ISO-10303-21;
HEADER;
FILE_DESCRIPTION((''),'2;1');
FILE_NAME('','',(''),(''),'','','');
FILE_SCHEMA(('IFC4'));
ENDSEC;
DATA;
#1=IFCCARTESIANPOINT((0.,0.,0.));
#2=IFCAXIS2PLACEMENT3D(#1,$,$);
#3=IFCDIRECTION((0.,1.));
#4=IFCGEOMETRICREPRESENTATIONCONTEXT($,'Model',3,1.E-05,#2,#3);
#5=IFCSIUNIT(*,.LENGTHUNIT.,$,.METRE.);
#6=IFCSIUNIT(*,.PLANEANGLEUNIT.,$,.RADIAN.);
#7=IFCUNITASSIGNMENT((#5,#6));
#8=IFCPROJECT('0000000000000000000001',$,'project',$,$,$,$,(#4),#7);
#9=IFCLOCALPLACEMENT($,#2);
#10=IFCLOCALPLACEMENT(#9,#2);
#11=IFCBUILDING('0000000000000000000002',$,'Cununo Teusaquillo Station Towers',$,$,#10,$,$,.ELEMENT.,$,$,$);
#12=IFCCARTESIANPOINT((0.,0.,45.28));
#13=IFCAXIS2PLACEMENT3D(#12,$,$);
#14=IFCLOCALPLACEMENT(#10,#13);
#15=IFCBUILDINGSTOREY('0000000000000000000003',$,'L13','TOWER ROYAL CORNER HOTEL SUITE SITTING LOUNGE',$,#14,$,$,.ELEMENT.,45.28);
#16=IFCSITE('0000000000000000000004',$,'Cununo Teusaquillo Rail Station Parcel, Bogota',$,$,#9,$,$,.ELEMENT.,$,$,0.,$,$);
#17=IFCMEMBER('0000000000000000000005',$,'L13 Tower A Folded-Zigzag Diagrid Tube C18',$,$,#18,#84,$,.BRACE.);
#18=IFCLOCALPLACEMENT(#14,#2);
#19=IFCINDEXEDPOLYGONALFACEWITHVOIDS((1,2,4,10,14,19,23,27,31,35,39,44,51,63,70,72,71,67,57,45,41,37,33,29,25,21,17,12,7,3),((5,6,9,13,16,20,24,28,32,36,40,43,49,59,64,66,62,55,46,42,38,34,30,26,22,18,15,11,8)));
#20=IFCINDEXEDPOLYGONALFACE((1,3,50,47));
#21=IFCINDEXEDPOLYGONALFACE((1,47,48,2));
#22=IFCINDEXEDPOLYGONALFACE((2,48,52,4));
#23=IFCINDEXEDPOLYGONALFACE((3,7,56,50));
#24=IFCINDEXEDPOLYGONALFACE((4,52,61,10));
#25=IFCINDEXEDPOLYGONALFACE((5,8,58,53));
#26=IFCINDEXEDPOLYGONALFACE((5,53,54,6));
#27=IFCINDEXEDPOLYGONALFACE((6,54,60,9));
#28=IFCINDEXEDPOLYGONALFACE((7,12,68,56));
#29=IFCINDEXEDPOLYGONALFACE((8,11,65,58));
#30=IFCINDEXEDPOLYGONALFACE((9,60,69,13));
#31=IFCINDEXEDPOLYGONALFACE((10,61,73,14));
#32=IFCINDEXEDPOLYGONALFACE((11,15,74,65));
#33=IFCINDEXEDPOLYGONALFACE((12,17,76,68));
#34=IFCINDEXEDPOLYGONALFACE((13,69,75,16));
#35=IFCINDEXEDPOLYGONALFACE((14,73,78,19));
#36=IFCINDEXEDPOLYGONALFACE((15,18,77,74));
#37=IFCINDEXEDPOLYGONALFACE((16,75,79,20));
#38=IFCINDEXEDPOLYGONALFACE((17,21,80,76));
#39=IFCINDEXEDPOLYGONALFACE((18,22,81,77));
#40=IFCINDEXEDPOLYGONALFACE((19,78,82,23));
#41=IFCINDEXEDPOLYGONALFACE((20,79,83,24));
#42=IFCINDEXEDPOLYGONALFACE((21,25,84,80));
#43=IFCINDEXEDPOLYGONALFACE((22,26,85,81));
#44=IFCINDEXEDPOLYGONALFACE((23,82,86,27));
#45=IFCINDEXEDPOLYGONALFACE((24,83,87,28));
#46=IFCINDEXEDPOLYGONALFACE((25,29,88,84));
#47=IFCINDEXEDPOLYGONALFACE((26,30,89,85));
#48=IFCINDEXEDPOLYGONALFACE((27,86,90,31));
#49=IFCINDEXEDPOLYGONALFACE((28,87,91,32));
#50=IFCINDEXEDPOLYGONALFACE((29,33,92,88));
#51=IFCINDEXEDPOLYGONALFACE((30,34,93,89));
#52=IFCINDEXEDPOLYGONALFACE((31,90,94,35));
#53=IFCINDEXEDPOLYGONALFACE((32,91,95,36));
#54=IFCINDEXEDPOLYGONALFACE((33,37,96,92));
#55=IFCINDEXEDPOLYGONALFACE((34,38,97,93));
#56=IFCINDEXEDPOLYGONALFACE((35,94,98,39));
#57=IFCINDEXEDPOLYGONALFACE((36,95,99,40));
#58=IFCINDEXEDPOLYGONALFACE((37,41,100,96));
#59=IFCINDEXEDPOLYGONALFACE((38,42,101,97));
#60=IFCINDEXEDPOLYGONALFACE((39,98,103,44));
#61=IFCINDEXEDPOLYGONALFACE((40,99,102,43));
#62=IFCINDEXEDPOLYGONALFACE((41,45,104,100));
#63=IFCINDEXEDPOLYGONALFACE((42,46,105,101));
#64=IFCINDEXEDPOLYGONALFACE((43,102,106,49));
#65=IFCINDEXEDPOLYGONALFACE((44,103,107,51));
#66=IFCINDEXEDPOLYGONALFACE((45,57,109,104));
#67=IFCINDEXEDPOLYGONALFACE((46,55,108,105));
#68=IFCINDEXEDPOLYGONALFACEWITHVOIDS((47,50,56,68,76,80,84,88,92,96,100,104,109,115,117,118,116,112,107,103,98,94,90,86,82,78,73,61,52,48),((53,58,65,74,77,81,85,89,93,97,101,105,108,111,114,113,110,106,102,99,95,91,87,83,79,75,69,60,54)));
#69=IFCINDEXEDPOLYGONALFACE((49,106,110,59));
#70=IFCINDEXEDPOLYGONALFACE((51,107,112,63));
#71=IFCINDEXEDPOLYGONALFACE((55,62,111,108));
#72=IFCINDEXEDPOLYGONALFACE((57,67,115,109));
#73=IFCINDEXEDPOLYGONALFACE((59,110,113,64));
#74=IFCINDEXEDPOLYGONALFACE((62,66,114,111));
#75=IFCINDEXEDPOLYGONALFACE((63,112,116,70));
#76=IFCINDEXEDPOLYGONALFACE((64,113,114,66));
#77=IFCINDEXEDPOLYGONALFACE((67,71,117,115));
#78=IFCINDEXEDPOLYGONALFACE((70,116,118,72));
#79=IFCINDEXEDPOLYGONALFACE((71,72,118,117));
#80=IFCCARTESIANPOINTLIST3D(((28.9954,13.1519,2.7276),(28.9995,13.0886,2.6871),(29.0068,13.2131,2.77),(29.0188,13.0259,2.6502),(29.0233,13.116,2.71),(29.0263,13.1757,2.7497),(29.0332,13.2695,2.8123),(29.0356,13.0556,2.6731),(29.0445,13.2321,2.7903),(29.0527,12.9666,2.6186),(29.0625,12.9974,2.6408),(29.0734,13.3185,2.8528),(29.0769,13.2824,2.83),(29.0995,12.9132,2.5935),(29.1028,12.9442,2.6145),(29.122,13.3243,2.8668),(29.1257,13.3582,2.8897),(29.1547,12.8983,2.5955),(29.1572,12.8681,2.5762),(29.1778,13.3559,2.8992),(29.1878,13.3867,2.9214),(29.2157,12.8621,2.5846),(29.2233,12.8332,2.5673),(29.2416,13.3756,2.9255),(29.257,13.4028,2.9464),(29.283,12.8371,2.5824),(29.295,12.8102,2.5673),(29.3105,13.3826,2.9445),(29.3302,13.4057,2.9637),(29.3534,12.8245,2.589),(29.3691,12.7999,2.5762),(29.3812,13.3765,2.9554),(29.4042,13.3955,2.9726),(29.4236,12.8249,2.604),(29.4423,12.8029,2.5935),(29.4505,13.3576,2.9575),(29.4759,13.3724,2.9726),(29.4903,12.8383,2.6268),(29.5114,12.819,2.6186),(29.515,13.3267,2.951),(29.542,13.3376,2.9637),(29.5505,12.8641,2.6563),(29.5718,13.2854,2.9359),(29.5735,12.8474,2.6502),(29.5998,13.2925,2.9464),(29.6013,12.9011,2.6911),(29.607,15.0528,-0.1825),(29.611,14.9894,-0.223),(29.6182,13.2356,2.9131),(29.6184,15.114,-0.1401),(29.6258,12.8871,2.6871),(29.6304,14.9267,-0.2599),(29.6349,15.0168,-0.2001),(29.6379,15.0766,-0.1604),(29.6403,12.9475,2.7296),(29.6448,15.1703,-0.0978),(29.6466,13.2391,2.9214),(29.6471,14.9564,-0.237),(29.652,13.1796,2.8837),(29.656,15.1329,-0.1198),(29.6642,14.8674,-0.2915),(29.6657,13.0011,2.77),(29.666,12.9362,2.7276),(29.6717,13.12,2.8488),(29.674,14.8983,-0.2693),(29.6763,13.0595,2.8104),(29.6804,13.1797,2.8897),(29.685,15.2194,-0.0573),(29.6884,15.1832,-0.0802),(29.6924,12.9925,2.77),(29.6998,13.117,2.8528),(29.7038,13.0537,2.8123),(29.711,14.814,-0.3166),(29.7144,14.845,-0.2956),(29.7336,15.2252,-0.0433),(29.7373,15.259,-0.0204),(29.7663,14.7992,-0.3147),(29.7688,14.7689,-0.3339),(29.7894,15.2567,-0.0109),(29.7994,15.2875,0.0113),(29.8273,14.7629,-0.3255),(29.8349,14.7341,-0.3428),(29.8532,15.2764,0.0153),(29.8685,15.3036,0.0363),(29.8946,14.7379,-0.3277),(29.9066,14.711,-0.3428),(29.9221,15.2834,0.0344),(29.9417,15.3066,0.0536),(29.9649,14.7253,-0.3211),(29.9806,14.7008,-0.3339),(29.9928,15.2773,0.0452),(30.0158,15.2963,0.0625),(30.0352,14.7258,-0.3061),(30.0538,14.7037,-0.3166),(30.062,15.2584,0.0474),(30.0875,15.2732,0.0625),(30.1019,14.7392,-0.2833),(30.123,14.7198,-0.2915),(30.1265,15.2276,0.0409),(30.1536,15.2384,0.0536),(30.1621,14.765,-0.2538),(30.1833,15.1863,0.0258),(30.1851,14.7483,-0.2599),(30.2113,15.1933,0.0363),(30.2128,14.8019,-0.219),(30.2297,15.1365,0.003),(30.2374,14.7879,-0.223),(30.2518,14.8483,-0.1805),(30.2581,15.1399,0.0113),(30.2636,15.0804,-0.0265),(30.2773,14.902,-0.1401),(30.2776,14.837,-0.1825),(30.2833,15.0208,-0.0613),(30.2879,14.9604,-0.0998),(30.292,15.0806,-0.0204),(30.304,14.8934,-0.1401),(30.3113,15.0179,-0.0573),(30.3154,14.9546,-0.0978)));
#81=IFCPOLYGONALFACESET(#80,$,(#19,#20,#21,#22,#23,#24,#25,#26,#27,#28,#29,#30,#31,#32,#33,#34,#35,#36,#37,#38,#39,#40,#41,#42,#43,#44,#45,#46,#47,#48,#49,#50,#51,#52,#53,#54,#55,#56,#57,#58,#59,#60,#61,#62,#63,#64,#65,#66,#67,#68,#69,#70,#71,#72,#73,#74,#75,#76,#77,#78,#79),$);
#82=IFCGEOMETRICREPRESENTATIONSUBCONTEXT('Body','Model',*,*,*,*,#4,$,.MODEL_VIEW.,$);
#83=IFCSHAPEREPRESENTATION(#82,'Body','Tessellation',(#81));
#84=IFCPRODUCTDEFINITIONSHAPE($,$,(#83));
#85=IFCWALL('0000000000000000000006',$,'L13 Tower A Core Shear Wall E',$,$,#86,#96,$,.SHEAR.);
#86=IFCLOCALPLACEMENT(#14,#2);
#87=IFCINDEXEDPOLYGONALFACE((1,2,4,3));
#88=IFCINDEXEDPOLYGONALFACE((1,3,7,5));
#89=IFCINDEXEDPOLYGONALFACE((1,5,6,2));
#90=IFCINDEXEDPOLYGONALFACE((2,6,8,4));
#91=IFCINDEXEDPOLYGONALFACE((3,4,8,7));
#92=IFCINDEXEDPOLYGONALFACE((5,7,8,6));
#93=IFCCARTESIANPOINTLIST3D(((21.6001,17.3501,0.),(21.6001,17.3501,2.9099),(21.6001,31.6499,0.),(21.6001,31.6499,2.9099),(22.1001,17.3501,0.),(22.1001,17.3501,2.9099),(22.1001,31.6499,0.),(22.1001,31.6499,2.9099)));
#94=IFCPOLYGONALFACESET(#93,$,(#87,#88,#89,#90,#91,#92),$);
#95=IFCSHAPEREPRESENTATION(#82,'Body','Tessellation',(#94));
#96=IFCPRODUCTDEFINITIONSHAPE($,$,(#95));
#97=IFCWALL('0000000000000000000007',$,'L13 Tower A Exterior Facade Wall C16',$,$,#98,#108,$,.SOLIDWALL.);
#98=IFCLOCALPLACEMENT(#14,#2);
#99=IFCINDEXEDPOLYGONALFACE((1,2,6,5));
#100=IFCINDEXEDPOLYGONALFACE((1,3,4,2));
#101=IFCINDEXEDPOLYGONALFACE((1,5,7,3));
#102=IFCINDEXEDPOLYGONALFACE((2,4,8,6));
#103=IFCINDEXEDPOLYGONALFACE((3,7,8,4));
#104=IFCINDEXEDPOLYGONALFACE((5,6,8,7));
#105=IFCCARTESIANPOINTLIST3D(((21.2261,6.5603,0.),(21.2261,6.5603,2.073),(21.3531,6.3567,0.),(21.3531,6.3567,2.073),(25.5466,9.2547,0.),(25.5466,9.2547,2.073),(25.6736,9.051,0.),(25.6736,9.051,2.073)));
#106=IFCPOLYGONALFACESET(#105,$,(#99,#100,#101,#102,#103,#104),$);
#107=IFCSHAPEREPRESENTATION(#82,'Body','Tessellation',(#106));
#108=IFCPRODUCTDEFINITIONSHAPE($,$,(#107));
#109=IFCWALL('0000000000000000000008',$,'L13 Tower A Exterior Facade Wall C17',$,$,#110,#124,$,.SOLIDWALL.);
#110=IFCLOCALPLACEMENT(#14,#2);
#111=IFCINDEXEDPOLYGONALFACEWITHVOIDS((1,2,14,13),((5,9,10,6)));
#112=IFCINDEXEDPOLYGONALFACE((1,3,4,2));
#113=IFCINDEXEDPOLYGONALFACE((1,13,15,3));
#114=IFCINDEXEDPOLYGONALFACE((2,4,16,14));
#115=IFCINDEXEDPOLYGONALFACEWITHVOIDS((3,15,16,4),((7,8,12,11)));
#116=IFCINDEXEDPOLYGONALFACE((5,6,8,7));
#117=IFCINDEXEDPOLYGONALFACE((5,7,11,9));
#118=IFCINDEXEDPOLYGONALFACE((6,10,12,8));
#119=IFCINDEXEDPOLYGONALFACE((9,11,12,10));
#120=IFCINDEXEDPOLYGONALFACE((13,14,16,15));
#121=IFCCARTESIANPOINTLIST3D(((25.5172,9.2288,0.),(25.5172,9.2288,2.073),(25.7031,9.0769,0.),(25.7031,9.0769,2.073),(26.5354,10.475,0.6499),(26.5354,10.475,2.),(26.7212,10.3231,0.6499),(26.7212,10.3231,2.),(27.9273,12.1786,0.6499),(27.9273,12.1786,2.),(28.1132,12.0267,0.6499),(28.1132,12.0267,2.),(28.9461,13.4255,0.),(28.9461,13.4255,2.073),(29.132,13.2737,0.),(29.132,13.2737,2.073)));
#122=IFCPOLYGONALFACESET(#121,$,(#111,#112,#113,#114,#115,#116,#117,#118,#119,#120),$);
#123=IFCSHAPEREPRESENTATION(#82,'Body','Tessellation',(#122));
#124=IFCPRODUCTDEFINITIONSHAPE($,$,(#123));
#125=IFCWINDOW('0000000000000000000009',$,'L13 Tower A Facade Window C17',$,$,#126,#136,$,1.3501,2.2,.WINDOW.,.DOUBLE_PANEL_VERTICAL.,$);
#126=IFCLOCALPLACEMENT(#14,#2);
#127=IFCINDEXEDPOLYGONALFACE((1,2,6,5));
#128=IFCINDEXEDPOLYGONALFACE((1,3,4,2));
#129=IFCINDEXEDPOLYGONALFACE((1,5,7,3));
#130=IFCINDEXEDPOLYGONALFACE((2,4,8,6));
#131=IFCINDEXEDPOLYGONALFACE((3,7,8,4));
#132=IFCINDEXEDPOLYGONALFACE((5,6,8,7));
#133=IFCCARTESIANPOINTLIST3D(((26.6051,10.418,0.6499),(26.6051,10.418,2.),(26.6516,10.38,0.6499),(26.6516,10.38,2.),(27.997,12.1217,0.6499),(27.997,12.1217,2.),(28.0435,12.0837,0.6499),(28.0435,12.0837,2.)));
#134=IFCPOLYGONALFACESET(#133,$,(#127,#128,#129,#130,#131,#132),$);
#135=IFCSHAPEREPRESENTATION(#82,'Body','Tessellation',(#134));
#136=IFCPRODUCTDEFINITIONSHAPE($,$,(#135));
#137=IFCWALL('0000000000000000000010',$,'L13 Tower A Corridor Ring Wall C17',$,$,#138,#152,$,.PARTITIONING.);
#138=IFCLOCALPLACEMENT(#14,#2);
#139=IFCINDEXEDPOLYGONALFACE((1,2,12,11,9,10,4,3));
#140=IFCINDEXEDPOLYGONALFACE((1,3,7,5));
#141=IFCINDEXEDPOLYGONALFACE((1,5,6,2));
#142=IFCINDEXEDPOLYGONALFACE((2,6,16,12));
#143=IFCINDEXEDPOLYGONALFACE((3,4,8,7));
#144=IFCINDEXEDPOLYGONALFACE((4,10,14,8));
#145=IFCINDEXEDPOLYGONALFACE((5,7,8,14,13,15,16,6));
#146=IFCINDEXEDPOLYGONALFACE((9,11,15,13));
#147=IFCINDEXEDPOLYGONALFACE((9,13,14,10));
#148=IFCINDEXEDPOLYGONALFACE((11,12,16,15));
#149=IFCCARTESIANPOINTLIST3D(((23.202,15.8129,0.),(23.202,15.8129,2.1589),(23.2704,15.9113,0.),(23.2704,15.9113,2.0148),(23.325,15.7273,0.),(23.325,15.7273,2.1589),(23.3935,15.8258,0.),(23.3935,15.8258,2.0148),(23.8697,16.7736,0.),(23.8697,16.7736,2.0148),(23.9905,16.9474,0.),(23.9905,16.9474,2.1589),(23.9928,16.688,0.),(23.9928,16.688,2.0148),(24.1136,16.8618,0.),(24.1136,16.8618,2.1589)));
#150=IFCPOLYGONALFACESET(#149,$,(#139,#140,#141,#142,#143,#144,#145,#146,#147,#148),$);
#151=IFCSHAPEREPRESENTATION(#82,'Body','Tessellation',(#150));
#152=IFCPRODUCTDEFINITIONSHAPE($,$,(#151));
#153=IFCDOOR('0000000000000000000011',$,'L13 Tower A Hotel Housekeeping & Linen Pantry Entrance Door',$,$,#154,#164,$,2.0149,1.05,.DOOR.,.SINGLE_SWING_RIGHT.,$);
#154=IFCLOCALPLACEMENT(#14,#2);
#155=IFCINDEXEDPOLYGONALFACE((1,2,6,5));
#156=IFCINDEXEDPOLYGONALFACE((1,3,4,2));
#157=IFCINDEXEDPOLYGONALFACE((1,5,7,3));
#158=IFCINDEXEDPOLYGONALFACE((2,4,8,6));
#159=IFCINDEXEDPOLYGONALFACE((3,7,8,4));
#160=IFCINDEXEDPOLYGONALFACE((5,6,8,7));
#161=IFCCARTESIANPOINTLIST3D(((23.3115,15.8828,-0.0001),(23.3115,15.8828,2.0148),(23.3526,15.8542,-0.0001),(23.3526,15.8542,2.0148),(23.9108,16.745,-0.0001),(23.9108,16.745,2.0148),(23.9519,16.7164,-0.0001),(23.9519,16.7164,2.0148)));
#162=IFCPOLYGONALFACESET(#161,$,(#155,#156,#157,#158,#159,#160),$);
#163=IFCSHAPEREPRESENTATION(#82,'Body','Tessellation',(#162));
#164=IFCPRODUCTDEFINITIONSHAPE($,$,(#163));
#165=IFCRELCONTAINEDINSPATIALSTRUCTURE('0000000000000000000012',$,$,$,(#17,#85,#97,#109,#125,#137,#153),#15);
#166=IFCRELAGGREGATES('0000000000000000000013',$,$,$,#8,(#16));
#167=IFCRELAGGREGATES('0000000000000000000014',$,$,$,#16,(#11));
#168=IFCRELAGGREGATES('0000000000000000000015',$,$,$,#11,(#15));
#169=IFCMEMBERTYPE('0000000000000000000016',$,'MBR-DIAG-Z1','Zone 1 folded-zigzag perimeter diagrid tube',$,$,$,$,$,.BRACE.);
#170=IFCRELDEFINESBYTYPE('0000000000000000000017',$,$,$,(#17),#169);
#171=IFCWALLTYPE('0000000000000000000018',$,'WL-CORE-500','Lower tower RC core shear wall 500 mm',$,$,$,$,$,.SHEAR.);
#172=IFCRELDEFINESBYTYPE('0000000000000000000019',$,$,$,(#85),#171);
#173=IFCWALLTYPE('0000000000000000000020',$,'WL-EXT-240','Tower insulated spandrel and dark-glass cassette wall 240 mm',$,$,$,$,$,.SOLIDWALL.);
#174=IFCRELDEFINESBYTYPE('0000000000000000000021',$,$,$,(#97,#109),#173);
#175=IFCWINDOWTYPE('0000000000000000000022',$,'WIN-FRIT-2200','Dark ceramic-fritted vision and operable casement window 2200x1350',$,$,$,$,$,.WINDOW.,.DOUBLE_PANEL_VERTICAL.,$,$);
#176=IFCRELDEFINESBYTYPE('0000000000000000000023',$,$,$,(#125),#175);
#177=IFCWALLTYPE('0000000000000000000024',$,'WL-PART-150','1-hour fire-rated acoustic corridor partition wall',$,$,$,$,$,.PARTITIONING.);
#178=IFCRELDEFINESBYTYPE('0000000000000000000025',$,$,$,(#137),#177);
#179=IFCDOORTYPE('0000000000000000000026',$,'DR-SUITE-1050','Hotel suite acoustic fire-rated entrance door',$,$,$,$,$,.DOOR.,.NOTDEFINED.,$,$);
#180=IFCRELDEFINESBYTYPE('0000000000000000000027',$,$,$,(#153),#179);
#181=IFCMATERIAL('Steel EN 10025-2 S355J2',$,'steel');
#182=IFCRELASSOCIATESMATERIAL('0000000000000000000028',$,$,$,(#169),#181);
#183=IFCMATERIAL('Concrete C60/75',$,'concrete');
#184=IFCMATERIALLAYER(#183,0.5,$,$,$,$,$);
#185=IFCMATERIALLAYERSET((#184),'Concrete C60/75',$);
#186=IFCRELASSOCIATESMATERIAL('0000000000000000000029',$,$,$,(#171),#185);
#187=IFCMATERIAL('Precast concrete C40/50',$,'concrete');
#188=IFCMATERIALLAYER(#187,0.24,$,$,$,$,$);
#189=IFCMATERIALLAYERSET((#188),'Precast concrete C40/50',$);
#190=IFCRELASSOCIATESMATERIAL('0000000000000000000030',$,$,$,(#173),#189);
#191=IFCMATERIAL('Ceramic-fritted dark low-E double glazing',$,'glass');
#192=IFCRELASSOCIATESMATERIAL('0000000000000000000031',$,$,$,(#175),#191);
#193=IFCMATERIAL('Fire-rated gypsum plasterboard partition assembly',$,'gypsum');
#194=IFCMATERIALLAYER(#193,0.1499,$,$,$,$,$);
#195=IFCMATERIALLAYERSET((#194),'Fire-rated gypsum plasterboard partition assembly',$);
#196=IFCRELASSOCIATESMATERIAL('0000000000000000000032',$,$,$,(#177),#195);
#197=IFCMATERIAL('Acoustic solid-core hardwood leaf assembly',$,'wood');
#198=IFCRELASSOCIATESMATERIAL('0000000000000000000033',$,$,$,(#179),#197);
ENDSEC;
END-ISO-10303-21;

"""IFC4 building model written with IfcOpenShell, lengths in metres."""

from ifc_helpers import new_model, si_unit, direction, frame, frame_2d, origin, origin_2d, place, context, subcontext, project, spatial, rectangle, hollow_circle, extrude, source, transform, mapped, material, layer, layer_set, material_profile, profile_set, type_object, element, fill, save


model = new_model("IFC4")

# Units and contexts
model_context = context("Model", 3, precision=1e-05, world=origin(), true_north=direction((0.0, 1.0)))
body_context = subcontext(model_context, "Body", "Model", "MODEL_VIEW")
ifc_project = project(units=[si_unit("LENGTHUNIT", "METRE"), si_unit("PLANEANGLEUNIT", "RADIAN")], contexts=[model_context])

# Site, building, storey
site_placement = place(None, origin())
site = spatial("IfcSite", under=ifc_project, at=site_placement, Name="Cununo Teusaquillo Rail Station Parcel, Bogota", CompositionType="ELEMENT", RefElevation=0.0)
building_placement = place(site_placement, origin())
building = spatial("IfcBuilding", under=site, at=building_placement, Name="Cununo Teusaquillo Station Towers", CompositionType="ELEMENT")
storey_placement = place(building_placement, frame((0.0, 0.0, 45.28)))
storey = spatial("IfcBuildingStorey", under=building, at=storey_placement, Name="L13", Description="TOWER ROYAL CORNER HOTEL SUITE SITTING LOUNGE", CompositionType="ELEMENT", Elevation=45.28)

# Member
ifc_material_1 = material(Name="Steel EN 10025-2 S355J2", Category="steel")
ifc_material_profile_1 = material_profile(ifc_material_1, hollow_circle(Radius=0.3601, WallThickness=0.0281, at=origin_2d()), Name="CHS 720x28")
ifc_profile_set_1 = profile_set([ifc_material_profile_1], Name="Steel EN 10025-2 S355J2")
member_type = type_object("IfcMemberType", Name="MBR-DIAG-Z1", Description="Zone 1 folded-zigzag perimeter diagrid tube", PredefinedType="BRACE", material=ifc_profile_set_1)
member_1_placement = place(storey_placement, frame((29.9612, 15.0037, -0.1401), z_axis=(-0.173281, -0.538591, 0.824557), x_axis=(0.951945, -0.30627, 0.0)))
element("IfcMember", 1, at=member_1_placement, inside=storey, type_object=member_type, Name="L13 Tower A Folded-Zigzag Diagrid Tube C18", PredefinedType="BRACE", context=body_context, shape_type="SweptSolid", body=[
    extrude(hollow_circle(Radius=0.3601, WallThickness=0.0281, at=origin_2d()), origin(), (0.0, 0.0, 1.0), 3.5293),
])

# Walls
ifc_material_2 = material(Name="Concrete C60/75", Category="concrete")
ifc_layer_1 = layer(ifc_material_2, 0.5)
ifc_layer_set_1 = layer_set([ifc_layer_1], Name="Concrete C60/75")
wall_type_1 = type_object("IfcWallType", Name="WL-CORE-500", Description="Lower tower RC core shear wall 500 mm", PredefinedType="SHEAR", material=ifc_layer_set_1)
wall_1_placement = place(storey_placement, frame((21.8501, 17.3501, 0.0), z_axis=(0.0, 0.0, 1.0), x_axis=(0.0, 1.0, 0.0)))
element("IfcWall", 2, at=wall_1_placement, inside=storey, type_object=wall_type_1, Name="L13 Tower A Core Shear Wall E", PredefinedType="SHEAR", context=body_context, shape_type="SweptSolid", body=[
    extrude(rectangle(XDim=14.2998, YDim=0.5, at=frame_2d((7.1499, 0.0))), origin(), (0.0, 0.0, 1.0), 2.9099),
])
ifc_material_3 = material(Name="Precast concrete C40/50", Category="concrete")
ifc_layer_2 = layer(ifc_material_3, 0.24)
ifc_layer_set_2 = layer_set([ifc_layer_2], Name="Precast concrete C40/50")
wall_type_2 = type_object("IfcWallType", Name="WL-EXT-240", Description="Tower insulated spandrel and dark-glass cassette wall 240 mm", PredefinedType="SOLIDWALL", material=ifc_layer_set_2)
wall_2_placement = place(storey_placement, frame((25.6101, 9.1528, 0.0), z_axis=(0.0, 0.0, 1.0), x_axis=(-0.848529, -0.52915, 0.0)))
element("IfcWall", 3, at=wall_2_placement, inside=storey, type_object=wall_type_2, Name="L13 Tower A Exterior Facade Wall C16", PredefinedType="SOLIDWALL", context=body_context, shape_type="SweptSolid", body=[
    extrude(rectangle(XDim=5.0918, YDim=0.24, at=frame_2d((2.5459, 0.0))), origin(), (0.0, 0.0, 1.0), 2.073),
])

# Wall, opening, window
wall_3_placement = place(storey_placement, frame((29.0391, 13.3496, 0.0), z_axis=(0.0, 0.0, 1.0), x_axis=(-0.63271, -0.774389, 0.0)))
wall_3 = element("IfcWall", 4, at=wall_3_placement, inside=storey, type_object=wall_type_2, Name="L13 Tower A Exterior Facade Wall C17", PredefinedType="SOLIDWALL", context=body_context, shape_type="SweptSolid", body=[
    extrude(rectangle(XDim=5.4194, YDim=0.24, at=frame_2d((2.7097, 0.0))), origin(), (0.0, 0.0, 1.0), 2.073),
])
shared_shape_1 = source(origin(), body_context, "Body", "SweptSolid", [
    extrude(rectangle(XDim=2.2, YDim=1.3501, at=frame_2d((1.1001, 0.675))), frame((0.0, 0.1299, 0.0), z_axis=(0.0, -1.0, 0.0), x_axis=(1.0, 0.0, 0.0)), (0.0, 0.0, 1.0), 0.26),
])
opening_1_placement = place(wall_3_placement, frame((1.6101, 0.0, 0.6499)))
opening_1 = element("IfcOpeningElement", 5, at=opening_1_placement, cuts=wall_3, PredefinedType="OPENING", context=body_context, shape_type="MappedRepresentation", body=[
    mapped(shared_shape_1, transform((0.0, 0.0, 0.0), x_axis=(1.0, 0.0, 0.0), y_axis=(0.0, 1.0, 0.0), z_axis=(0.0, 0.0, 1.0), scale=1.0)),
])
ifc_material_4 = material(Name="Ceramic-fritted dark low-E double glazing", Category="glass")
window_type = type_object("IfcWindowType", Name="WIN-FRIT-2200", Description="Dark ceramic-fritted vision and operable casement window 2200x1350", PartitioningType="DOUBLE_PANEL_VERTICAL", PredefinedType="WINDOW", material=ifc_material_4)
shared_shape_2 = source(origin(), body_context, "Body", "SweptSolid", [
    extrude(rectangle(XDim=2.2, YDim=1.3501, at=frame_2d((1.1001, 0.675))), frame((0.0, 0.03, 0.0), z_axis=(0.0, -1.0, 0.0), x_axis=(1.0, 0.0, 0.0)), (0.0, 0.0, 1.0), 0.0601),
])
window_placement = place(opening_1_placement, origin())
window = element("IfcWindow", 6, at=window_placement, inside=storey, type_object=window_type, Name="L13 Tower A Facade Window C17", OverallHeight=1.3501, OverallWidth=2.2, PartitioningType="DOUBLE_PANEL_VERTICAL", PredefinedType="WINDOW", context=body_context, shape_type="MappedRepresentation", body=[
    mapped(shared_shape_2, transform((0.0, 0.0, 0.0), x_axis=(1.0, 0.0, 0.0), y_axis=(0.0, 1.0, 0.0), z_axis=(0.0, 0.0, 1.0), scale=1.0)),
])
fill(opening_1, window)

# Wall, opening, door
ifc_material_5 = material(Name="Fire-rated gypsum plasterboard partition assembly", Category="gypsum")
ifc_layer_3 = layer(ifc_material_5, 0.1499)
ifc_layer_set_3 = layer_set([ifc_layer_3], Name="Fire-rated gypsum plasterboard partition assembly")
wall_type_3 = type_object("IfcWallType", Name="WL-PART-150", Description="1-hour fire-rated acoustic corridor partition wall", PredefinedType="PARTITIONING", material=ifc_layer_set_3)
wall_4_placement = place(storey_placement, frame((23.2634, 15.77, 0.0), z_axis=(0.0, 0.0, 1.0), x_axis=(0.570743, 0.821128, 0.0)))
wall_4 = element("IfcWall", 7, at=wall_4_placement, inside=storey, type_object=wall_type_3, Name="L13 Tower A Corridor Ring Wall C17", PredefinedType="PARTITIONING", context=body_context, shape_type="SweptSolid", body=[
    extrude(rectangle(XDim=1.3816, YDim=0.1499, at=frame_2d((0.6909, 0.0))), origin(), (0.0, 0.0, 1.0), 2.1589),
])
shared_shape_3 = source(origin(), body_context, "Body", "SweptSolid", [
    extrude(rectangle(XDim=1.05, YDim=2.0149, at=frame_2d((0.5249, 1.0073))), frame((0.0, 0.085, 0.0), z_axis=(0.0, -1.0, 0.0), x_axis=(1.0, 0.0, 0.0)), (0.0, 0.0, 1.0), 0.1699),
])
opening_2_placement = place(wall_4_placement, frame((0.1201, 0.0, 0.0)))
opening_2 = element("IfcOpeningElement", 8, at=opening_2_placement, cuts=wall_4, PredefinedType="OPENING", context=body_context, shape_type="MappedRepresentation", body=[
    mapped(shared_shape_3, transform((0.0, 0.0, 0.0), x_axis=(1.0, 0.0, 0.0), y_axis=(0.0, 1.0, 0.0), z_axis=(0.0, 0.0, 1.0), scale=1.0)),
])
ifc_material_6 = material(Name="Acoustic solid-core hardwood leaf assembly", Category="wood")
door_type = type_object("IfcDoorType", Name="DR-SUITE-1050", Description="Hotel suite acoustic fire-rated entrance door", OperationType="NOTDEFINED", PredefinedType="DOOR", material=ifc_material_6)
shared_shape_4 = source(origin(), body_context, "Body", "SweptSolid", [
    extrude(rectangle(XDim=1.05, YDim=2.0149, at=frame_2d((0.5249, 1.0073))), frame((0.0, 0.0249, 0.0), z_axis=(0.0, -1.0, 0.0), x_axis=(1.0, 0.0, 0.0)), (0.0, 0.0, 1.0), 0.05),
])
door_placement = place(opening_2_placement, origin())
door = element("IfcDoor", 9, at=door_placement, inside=storey, type_object=door_type, Name="L13 Tower A Hotel Housekeeping & Linen Pantry Entrance Door", OperationType="SINGLE_SWING_RIGHT", OverallHeight=2.0149, OverallWidth=1.05, PredefinedType="DOOR", context=body_context, shape_type="MappedRepresentation", body=[
    mapped(shared_shape_4, transform((0.0, 0.0, 0.0), x_axis=(1.0, 0.0, 0.0), y_axis=(0.0, 1.0, 0.0), z_axis=(0.0, 0.0, 1.0), scale=1.0)),
])
fill(opening_2, door)

save(model, "model.ifc")
